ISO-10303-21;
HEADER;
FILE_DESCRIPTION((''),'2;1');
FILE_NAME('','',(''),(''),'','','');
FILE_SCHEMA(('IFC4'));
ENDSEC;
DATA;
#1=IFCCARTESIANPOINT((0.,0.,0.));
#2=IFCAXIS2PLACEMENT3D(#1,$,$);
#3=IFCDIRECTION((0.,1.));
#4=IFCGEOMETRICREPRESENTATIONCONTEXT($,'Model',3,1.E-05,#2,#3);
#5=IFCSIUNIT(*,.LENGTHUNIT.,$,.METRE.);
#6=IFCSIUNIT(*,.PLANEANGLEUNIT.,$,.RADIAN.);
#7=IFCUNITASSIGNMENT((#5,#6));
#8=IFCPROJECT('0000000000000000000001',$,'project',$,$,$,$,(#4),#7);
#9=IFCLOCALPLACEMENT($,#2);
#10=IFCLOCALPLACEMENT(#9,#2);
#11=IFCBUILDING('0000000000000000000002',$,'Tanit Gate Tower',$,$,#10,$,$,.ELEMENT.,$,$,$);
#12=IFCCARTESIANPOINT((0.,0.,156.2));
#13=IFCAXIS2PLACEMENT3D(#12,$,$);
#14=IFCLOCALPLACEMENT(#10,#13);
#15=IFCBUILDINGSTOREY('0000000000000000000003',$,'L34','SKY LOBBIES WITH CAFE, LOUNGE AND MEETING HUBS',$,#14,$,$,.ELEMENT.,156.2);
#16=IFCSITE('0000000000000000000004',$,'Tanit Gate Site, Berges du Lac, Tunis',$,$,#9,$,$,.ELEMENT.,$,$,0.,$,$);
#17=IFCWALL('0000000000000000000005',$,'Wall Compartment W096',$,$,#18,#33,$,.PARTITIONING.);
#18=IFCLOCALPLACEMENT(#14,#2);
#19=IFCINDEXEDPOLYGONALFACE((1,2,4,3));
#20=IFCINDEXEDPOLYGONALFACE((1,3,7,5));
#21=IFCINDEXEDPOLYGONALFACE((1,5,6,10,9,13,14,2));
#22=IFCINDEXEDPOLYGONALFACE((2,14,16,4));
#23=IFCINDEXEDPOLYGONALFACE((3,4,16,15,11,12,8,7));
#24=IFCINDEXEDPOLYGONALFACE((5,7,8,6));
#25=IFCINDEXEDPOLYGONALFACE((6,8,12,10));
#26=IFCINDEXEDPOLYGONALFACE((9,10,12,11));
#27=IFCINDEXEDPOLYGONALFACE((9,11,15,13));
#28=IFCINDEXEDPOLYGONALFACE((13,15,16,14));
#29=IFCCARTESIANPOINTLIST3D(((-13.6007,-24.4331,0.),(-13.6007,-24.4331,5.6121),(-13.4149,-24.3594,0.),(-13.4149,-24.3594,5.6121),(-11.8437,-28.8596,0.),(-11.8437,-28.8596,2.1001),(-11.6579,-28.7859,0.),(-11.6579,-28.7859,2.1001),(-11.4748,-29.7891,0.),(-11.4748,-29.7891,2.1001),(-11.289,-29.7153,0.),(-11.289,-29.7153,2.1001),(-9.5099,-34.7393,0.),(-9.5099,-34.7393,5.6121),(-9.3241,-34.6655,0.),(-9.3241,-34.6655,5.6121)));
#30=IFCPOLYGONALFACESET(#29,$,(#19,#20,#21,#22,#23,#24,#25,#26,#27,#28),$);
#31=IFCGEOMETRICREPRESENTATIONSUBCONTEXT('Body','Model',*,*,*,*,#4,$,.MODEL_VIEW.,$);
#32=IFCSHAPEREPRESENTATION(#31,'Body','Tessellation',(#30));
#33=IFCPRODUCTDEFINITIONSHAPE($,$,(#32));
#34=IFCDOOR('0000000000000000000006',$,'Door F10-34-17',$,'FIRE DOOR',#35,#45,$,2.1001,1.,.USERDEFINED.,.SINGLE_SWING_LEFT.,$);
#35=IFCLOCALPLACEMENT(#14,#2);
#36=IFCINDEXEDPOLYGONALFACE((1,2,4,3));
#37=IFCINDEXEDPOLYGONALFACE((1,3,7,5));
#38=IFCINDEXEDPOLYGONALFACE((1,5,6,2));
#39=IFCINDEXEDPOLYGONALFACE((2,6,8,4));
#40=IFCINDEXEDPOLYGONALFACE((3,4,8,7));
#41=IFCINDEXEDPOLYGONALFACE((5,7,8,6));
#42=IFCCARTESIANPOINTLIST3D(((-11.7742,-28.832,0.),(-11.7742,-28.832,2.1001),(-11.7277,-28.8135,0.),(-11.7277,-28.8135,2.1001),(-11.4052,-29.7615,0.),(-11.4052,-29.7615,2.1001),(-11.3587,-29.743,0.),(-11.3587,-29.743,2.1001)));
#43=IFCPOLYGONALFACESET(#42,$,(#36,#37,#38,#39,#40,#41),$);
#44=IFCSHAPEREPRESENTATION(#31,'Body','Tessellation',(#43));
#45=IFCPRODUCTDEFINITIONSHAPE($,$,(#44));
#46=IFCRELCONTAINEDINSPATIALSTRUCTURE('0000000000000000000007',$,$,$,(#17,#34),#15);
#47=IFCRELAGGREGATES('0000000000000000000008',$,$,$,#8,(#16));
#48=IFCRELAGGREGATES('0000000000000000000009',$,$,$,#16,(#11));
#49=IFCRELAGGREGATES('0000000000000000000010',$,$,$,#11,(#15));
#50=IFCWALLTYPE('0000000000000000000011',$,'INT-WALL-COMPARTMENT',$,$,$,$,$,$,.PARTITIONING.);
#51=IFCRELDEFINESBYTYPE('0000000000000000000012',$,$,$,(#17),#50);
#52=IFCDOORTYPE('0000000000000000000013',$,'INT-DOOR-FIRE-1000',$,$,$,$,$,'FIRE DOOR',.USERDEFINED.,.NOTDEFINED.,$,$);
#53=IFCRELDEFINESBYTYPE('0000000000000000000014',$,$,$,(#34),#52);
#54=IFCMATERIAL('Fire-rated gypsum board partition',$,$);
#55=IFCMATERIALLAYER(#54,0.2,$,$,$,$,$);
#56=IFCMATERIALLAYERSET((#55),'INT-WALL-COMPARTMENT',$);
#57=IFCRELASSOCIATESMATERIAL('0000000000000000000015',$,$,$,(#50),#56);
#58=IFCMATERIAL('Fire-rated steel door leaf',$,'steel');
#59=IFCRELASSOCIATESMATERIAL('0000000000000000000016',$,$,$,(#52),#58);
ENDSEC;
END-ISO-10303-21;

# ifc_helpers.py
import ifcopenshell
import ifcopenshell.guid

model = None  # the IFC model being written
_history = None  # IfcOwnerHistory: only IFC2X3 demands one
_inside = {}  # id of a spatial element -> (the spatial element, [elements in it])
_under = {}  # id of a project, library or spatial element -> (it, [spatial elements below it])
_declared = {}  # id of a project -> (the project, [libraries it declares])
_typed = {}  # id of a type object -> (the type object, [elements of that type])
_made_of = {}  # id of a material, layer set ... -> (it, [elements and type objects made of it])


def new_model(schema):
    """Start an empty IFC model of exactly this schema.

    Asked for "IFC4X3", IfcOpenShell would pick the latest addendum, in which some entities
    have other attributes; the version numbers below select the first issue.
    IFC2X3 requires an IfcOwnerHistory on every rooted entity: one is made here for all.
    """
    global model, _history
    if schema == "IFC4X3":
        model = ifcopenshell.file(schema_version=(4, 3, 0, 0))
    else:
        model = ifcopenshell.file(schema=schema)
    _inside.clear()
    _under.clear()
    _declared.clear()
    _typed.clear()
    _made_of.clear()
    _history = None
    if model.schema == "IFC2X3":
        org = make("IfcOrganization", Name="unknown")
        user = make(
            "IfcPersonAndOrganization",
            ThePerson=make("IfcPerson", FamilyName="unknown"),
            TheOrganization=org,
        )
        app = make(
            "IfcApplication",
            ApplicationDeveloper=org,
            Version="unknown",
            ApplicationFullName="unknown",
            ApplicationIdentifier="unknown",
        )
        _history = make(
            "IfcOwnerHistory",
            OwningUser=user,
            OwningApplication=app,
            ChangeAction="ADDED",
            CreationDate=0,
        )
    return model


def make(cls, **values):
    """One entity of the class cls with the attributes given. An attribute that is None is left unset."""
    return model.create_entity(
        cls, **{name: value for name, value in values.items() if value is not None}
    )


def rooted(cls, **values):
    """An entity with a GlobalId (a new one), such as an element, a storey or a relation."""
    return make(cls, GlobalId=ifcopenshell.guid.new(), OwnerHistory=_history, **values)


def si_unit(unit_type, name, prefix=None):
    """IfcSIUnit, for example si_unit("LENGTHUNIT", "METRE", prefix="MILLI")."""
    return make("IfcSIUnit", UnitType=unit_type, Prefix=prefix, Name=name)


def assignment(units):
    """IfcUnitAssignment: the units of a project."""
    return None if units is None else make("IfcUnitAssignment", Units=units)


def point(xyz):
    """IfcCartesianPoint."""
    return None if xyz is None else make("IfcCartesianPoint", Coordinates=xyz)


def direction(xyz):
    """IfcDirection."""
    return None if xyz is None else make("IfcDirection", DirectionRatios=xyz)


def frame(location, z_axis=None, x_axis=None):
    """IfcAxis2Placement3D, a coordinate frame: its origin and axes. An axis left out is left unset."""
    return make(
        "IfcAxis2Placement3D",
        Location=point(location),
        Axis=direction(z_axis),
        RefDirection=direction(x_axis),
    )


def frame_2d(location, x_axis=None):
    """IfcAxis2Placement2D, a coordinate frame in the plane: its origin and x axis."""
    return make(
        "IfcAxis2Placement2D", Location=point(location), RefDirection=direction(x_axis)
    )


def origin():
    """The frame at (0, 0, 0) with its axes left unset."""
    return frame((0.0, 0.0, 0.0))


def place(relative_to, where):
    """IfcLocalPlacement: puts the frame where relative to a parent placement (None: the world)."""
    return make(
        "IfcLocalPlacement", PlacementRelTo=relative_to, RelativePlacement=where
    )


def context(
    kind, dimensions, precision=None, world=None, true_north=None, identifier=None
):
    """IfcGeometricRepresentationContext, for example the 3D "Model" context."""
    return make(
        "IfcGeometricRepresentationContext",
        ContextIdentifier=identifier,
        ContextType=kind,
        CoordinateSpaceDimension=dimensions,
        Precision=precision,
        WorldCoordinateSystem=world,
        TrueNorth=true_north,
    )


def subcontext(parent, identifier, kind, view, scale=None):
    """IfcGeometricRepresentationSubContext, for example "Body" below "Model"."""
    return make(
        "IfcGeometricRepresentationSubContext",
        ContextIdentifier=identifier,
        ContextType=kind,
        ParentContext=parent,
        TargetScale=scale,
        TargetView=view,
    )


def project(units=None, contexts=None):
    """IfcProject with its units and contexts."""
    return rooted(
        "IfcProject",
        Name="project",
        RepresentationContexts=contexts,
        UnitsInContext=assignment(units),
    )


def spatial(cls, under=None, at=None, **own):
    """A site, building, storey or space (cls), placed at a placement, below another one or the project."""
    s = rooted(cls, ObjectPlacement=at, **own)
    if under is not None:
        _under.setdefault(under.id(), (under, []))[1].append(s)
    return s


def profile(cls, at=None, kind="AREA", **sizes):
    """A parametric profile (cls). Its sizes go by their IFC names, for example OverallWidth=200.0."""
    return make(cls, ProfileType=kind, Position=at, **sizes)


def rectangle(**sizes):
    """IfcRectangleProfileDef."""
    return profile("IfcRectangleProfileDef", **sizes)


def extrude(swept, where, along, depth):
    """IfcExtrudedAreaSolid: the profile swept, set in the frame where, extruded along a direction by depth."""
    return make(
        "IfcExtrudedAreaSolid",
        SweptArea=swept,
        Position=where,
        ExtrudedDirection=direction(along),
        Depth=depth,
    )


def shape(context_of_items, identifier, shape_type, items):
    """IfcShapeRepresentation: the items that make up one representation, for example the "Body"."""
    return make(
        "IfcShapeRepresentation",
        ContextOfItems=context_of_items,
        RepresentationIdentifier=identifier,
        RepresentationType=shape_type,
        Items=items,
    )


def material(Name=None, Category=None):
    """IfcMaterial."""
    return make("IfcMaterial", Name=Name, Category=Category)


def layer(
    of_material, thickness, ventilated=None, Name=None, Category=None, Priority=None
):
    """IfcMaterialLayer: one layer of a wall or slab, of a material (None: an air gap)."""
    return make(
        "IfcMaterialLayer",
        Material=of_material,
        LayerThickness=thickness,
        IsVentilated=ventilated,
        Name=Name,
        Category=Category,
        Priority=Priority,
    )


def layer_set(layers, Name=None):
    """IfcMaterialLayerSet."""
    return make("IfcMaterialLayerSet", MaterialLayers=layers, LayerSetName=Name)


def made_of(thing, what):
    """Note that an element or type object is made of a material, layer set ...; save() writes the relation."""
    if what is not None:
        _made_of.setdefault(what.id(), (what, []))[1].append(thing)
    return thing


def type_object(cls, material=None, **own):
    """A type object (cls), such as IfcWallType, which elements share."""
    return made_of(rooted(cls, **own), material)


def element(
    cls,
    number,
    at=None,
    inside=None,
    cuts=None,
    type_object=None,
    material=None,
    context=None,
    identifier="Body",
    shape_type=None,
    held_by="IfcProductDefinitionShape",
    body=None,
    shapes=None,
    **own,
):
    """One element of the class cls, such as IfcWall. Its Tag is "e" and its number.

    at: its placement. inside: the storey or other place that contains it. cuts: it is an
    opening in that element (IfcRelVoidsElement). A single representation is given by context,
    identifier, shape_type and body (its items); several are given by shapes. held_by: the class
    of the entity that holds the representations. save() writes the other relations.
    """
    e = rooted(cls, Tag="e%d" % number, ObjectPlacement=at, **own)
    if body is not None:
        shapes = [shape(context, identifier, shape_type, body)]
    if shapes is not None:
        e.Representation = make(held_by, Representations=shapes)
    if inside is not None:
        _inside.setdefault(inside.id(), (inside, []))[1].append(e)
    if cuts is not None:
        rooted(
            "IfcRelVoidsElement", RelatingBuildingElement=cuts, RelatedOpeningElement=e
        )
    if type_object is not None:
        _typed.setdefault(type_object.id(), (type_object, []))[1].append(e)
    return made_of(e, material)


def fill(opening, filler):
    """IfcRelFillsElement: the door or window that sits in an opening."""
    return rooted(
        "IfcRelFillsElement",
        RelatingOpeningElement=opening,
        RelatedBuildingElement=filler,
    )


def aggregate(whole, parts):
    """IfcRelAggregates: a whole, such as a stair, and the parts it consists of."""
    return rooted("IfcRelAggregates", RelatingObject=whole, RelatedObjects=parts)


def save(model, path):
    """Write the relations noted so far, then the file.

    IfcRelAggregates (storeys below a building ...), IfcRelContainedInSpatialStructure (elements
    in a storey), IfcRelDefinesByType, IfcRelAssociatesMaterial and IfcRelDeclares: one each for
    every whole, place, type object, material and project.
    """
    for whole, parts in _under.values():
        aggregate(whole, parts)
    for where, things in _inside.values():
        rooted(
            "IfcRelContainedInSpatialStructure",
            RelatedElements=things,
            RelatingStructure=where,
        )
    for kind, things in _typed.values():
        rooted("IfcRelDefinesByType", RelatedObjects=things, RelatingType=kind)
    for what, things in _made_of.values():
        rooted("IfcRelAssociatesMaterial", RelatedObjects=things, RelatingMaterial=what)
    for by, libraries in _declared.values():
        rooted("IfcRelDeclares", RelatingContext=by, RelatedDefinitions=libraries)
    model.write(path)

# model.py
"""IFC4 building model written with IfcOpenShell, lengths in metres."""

from ifc_helpers import new_model, si_unit, direction, frame, frame_2d, origin, place, context, subcontext, project, spatial, rectangle, extrude, material, layer, layer_set, type_object, element, fill, save


model = new_model("IFC4")

# Units and contexts
model_context = context("Model", 3, precision=1e-05, world=origin(), true_north=direction((0.0, 1.0)))
body_context = subcontext(model_context, "Body", "Model", "MODEL_VIEW")
ifc_project = project(units=[si_unit("LENGTHUNIT", "METRE"), si_unit("PLANEANGLEUNIT", "RADIAN")], contexts=[model_context])

# Site, building, storey
site_placement = place(None, origin())
site = spatial("IfcSite", under=ifc_project, at=site_placement, Name="Tanit Gate Site, Berges du Lac, Tunis", CompositionType="ELEMENT", RefElevation=0.0)
building_placement = place(site_placement, origin())
building = spatial("IfcBuilding", under=site, at=building_placement, Name="Tanit Gate Tower", CompositionType="ELEMENT")
storey_placement = place(building_placement, frame((0.0, 0.0, 156.2)))
storey = spatial("IfcBuildingStorey", under=building, at=storey_placement, Name="L34", Description="SKY LOBBIES WITH CAFE, LOUNGE AND MEETING HUBS", CompositionType="ELEMENT", Elevation=156.2)

# Wall, opening, door
ifc_material_1 = material(Name="Fire-rated gypsum board partition")
ifc_layer_1 = layer(ifc_material_1, 0.2)
ifc_layer_set_1 = layer_set([ifc_layer_1], Name="INT-WALL-COMPARTMENT")
wall_type_1 = type_object("IfcWallType", Name="INT-WALL-COMPARTMENT", PredefinedType="PARTITIONING", material=ifc_layer_set_1)
wall_1_placement = place(storey_placement, frame((-13.5078, -24.3962, 0.0), z_axis=(0.0, 0.0, 1.0), x_axis=(0.368929, -0.929457, 0.0)))
wall_1 = element("IfcWall", 1, at=wall_1_placement, inside=storey, type_object=wall_type_1, Name="Wall Compartment W096", PredefinedType="PARTITIONING", context=body_context, shape_type="SweptSolid", body=[
    extrude(rectangle(XDim=11.0884, YDim=0.2, at=frame_2d((5.5442, 0.0))), origin(), (0.0, 0.0, 1.0), 5.6121),
])
opening_1_placement = place(wall_1_placement, frame((4.7625, 0.0, 0.0)))
opening_1 = element("IfcOpeningElement", 2, at=opening_1_placement, cuts=wall_1, PredefinedType="OPENING", context=body_context, shape_type="SweptSolid", body=[
    extrude(rectangle(XDim=1.0, YDim=2.1001, at=frame_2d((0.5, 1.05))), frame((0.0, 0.1099, 0.0), z_axis=(0.0, -1.0, 0.0), x_axis=(1.0, 0.0, 0.0)), (0.0, 0.0, 1.0), 0.22),
])
ifc_material_2 = material(Name="Fire-rated steel door leaf", Category="steel")
door_type_1 = type_object("IfcDoorType", Name="INT-DOOR-FIRE-1000", ElementType="FIRE DOOR", OperationType="NOTDEFINED", PredefinedType="USERDEFINED", material=ifc_material_2)
door_1_placement = place(opening_1_placement, origin())
door_1 = element("IfcDoor", 3, at=door_1_placement, inside=storey, type_object=door_type_1, Name="Door F10-34-17", ObjectType="FIRE DOOR", OperationType="SINGLE_SWING_LEFT", OverallHeight=2.1001, OverallWidth=1.0, PredefinedType="USERDEFINED", context=body_context, shape_type="SweptSolid", body=[
    extrude(rectangle(XDim=1.0, YDim=2.1001, at=frame_2d((0.5, 1.05))), frame((0.0, 0.0249, 0.0), z_axis=(0.0, -1.0, 0.0), x_axis=(1.0, 0.0, 0.0)), (0.0, 0.0, 1.0), 0.05),
])
fill(opening_1, door_1)

save(model, "model.ifc")
